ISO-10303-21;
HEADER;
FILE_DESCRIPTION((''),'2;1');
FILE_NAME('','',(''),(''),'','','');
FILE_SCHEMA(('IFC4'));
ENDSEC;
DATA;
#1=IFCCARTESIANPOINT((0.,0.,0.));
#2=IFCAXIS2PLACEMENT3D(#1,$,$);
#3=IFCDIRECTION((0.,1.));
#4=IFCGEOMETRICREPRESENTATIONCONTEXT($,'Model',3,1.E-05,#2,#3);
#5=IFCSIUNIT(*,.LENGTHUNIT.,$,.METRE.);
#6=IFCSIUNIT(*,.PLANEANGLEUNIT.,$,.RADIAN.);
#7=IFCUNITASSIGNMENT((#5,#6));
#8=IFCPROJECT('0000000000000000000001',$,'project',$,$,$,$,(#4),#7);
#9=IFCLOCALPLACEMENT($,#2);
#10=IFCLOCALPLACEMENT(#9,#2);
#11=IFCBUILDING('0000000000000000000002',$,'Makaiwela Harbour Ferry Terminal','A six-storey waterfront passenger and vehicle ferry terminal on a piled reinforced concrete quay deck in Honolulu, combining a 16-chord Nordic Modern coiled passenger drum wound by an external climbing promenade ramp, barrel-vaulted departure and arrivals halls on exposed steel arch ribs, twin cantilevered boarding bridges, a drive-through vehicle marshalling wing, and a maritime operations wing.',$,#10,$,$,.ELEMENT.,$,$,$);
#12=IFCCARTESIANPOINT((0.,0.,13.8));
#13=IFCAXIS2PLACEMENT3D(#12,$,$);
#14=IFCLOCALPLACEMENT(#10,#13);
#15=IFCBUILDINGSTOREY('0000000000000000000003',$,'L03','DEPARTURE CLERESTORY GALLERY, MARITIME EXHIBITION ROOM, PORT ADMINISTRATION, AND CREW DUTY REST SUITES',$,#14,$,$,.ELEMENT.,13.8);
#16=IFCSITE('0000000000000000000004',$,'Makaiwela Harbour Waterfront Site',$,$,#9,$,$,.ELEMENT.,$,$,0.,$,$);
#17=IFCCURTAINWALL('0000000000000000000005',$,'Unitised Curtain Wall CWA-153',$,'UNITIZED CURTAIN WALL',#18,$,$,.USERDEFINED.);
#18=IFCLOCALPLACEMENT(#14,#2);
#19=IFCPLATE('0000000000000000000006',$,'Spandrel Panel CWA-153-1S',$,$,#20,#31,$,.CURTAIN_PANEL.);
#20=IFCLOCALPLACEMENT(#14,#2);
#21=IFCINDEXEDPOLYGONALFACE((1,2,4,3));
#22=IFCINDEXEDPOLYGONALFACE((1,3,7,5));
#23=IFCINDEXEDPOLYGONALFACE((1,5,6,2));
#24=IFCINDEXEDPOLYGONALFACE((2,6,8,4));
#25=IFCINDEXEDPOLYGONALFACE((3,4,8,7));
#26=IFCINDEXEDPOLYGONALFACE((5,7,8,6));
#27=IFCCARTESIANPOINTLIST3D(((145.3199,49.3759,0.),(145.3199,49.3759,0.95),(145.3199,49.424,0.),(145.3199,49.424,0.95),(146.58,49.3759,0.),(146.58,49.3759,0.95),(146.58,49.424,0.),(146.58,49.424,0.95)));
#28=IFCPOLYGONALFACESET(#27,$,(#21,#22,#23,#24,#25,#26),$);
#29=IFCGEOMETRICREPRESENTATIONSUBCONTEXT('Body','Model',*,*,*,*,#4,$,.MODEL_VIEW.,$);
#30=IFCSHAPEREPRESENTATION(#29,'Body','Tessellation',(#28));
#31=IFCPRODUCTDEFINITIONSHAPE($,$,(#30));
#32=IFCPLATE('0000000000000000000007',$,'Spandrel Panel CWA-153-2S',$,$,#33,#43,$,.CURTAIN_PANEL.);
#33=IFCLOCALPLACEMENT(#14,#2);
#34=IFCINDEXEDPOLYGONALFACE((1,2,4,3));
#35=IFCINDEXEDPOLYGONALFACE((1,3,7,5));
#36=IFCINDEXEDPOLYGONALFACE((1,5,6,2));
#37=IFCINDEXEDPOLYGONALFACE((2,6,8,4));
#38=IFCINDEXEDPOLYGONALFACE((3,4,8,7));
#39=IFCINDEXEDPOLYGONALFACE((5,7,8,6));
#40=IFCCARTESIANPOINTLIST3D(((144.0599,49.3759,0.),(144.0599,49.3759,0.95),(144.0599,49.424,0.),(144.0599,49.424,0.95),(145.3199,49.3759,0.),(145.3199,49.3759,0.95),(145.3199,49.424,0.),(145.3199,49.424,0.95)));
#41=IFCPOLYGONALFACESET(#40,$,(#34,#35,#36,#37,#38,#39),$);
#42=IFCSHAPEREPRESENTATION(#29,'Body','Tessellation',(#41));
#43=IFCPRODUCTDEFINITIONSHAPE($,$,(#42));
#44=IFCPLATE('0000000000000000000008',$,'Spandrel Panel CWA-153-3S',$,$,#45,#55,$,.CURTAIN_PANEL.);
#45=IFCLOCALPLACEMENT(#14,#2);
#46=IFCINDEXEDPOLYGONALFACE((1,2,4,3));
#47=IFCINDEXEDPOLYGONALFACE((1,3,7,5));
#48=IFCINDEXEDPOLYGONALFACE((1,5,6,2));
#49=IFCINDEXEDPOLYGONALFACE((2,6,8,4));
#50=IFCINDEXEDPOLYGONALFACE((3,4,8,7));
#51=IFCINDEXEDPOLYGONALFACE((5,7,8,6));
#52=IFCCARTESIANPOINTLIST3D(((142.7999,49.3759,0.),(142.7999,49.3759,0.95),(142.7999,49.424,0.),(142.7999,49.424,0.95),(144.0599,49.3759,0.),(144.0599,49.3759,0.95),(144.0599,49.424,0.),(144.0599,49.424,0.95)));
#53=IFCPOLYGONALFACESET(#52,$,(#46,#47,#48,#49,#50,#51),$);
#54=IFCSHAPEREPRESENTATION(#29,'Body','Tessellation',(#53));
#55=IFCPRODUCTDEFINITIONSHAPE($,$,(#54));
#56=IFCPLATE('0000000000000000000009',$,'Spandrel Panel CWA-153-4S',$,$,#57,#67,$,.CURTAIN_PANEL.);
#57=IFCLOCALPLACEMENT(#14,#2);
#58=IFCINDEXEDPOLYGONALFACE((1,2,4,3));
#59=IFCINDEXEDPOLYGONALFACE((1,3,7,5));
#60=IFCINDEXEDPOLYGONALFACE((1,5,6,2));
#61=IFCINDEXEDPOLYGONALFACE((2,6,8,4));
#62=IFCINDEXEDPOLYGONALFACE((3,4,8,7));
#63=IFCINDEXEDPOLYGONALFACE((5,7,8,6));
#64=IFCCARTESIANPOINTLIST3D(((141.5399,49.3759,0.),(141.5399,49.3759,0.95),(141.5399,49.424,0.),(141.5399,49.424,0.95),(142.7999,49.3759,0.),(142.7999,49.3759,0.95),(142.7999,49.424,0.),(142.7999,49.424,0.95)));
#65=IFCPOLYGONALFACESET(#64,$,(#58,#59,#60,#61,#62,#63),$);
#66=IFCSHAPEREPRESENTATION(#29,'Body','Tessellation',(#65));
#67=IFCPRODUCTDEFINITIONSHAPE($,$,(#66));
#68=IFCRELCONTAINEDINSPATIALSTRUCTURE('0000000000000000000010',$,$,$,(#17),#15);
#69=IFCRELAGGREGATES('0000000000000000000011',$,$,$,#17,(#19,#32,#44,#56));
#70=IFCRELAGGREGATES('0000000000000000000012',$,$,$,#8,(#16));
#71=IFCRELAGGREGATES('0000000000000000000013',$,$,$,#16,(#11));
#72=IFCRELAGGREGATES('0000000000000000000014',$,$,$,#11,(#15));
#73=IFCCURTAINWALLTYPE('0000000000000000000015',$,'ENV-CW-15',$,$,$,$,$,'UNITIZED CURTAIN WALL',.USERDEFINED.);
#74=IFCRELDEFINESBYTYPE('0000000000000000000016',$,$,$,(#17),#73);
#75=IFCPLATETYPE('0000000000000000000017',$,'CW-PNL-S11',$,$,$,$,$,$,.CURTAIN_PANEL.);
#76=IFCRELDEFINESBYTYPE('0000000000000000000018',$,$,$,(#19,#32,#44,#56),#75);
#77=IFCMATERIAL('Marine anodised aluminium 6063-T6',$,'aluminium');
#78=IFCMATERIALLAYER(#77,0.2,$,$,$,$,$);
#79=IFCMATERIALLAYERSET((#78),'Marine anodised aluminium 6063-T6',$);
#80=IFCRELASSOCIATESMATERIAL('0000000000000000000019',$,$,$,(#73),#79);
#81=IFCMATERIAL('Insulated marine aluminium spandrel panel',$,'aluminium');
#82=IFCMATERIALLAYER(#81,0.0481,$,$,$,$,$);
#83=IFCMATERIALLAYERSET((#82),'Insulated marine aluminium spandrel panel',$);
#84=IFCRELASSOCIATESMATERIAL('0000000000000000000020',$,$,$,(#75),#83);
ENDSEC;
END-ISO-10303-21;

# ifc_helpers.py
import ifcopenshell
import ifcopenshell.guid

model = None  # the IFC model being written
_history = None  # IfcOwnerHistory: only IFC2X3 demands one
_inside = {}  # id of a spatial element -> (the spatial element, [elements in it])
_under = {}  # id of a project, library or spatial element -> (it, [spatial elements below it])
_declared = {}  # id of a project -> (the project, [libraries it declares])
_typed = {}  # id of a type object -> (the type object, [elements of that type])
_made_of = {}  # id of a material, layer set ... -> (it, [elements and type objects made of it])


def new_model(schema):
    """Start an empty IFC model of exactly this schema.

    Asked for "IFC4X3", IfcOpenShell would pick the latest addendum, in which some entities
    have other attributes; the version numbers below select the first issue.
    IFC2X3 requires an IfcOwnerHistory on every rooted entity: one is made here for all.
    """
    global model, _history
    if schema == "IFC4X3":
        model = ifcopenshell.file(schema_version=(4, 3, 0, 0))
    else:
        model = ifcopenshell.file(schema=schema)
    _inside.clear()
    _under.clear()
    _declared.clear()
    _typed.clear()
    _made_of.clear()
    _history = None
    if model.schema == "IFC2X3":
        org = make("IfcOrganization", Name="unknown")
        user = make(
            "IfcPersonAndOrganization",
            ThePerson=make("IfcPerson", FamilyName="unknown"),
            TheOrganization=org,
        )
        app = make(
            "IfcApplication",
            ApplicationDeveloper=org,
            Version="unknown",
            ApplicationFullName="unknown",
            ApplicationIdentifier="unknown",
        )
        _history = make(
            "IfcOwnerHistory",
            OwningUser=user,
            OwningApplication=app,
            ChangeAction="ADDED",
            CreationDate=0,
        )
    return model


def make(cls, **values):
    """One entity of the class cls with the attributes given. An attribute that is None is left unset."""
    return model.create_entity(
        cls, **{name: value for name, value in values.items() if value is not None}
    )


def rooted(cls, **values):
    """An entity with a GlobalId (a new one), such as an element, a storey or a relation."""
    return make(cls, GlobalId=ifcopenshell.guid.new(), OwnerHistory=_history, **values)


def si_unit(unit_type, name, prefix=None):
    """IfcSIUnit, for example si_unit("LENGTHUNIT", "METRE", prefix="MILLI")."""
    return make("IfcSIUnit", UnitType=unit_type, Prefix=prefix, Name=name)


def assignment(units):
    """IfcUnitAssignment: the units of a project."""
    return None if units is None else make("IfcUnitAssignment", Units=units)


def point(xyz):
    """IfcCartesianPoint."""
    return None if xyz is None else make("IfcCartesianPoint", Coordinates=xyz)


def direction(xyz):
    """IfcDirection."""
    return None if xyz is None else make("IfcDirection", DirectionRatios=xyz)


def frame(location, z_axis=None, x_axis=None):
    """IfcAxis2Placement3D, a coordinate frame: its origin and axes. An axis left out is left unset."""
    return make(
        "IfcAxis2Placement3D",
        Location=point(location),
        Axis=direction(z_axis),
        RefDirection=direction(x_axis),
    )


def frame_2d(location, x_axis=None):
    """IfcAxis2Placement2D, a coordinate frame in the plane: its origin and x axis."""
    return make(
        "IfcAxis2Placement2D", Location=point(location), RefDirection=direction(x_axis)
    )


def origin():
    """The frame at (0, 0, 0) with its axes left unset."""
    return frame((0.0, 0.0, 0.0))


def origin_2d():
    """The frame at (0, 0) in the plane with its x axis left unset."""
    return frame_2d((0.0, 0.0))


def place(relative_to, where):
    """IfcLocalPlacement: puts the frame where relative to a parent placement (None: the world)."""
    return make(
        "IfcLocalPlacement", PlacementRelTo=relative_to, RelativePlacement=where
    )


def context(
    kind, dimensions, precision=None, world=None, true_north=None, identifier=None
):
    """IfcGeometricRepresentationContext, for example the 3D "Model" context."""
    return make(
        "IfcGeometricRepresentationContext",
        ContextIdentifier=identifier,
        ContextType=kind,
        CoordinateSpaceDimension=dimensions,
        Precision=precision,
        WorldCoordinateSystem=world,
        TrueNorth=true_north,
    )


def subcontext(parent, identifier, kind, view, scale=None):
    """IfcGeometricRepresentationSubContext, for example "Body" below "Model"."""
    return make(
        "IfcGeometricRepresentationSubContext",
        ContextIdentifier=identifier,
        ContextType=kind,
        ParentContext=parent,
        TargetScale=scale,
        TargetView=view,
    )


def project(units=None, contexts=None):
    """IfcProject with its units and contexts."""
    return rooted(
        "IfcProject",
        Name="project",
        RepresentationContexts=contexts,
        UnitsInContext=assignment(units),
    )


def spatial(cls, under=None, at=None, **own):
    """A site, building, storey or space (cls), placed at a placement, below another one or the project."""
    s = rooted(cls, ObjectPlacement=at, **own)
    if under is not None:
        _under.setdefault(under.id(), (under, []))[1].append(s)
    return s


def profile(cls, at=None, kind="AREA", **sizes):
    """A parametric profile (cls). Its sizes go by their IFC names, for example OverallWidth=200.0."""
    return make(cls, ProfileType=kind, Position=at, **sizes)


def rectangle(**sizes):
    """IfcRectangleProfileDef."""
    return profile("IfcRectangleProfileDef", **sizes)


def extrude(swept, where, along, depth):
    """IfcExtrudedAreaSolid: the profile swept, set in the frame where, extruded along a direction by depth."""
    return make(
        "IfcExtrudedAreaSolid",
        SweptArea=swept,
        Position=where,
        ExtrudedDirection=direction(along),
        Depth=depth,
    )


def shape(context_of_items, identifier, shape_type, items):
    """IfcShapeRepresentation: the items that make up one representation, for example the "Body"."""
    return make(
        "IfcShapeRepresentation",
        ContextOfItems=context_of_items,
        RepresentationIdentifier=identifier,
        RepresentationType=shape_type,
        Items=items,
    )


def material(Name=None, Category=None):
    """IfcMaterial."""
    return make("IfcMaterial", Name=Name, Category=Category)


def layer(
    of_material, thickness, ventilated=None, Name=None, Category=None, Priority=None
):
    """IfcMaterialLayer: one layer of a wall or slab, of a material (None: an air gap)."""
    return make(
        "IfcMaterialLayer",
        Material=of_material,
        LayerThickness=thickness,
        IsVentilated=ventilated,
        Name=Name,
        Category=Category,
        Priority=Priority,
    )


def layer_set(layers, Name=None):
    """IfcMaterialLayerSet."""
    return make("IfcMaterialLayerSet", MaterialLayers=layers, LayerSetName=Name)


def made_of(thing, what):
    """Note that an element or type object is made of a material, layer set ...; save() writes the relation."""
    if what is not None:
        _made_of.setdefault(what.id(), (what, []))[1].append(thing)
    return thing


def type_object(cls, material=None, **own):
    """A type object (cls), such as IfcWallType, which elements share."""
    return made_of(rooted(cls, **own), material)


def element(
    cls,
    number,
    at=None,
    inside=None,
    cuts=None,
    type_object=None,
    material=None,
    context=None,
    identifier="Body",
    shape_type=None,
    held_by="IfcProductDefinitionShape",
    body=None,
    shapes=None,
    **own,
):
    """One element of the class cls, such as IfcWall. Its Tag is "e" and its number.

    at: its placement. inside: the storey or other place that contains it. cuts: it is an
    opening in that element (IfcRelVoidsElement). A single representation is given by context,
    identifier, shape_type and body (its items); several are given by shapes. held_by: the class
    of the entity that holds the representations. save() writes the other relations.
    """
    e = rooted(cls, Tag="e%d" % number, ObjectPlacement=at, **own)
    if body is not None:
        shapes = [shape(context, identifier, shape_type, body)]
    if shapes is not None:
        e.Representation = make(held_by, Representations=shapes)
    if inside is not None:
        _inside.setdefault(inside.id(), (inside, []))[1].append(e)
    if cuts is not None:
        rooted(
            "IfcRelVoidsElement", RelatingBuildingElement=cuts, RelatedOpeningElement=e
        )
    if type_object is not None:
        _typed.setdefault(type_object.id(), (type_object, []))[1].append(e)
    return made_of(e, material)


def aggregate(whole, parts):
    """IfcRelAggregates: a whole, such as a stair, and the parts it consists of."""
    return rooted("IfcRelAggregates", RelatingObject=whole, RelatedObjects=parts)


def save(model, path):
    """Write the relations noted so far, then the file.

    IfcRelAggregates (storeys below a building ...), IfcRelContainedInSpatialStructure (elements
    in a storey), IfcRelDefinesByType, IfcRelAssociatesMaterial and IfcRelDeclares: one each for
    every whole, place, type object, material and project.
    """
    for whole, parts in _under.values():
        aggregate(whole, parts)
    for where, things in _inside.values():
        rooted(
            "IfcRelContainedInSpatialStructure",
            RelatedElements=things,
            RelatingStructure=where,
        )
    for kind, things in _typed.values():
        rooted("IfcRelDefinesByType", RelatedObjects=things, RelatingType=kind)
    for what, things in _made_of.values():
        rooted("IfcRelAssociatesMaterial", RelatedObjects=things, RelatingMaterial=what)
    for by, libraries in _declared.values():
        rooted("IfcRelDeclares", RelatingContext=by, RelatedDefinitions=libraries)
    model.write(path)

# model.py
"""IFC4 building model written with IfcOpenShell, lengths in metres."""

from ifc_helpers import new_model, si_unit, direction, frame, origin, origin_2d, place, context, subcontext, project, spatial, rectangle, extrude, material, layer, layer_set, type_object, element, aggregate, save


model = new_model("IFC4")

# Units and contexts
model_context = context("Model", 3, precision=1e-05, world=origin(), true_north=direction((0.0, 1.0)))
body_context = subcontext(model_context, "Body", "Model", "MODEL_VIEW")
ifc_project = project(units=[si_unit("LENGTHUNIT", "METRE"), si_unit("PLANEANGLEUNIT", "RADIAN")], contexts=[model_context])

# Site, building, storey
site_placement = place(None, origin())
site = spatial("IfcSite", under=ifc_project, at=site_placement, Name="Makaiwela Harbour Waterfront Site", CompositionType="ELEMENT", RefElevation=0.0)
building_placement = place(site_placement, origin())
building = spatial("IfcBuilding", under=site, at=building_placement, Name="Makaiwela Harbour Ferry Terminal", Description="A six-storey waterfront passenger and vehicle ferry terminal on a piled reinforced concrete quay deck in Honolulu, combining a 16-chord Nordic Modern coiled passenger drum wound by an external climbing promenade ramp, barrel-vaulted departure and arrivals halls on exposed steel arch ribs, twin cantilevered boarding bridges, a drive-through vehicle marshalling wing, and a maritime operations wing.", CompositionType="ELEMENT")
storey_placement = place(building_placement, frame((0.0, 0.0, 13.8)))
storey = spatial("IfcBuildingStorey", under=building, at=storey_placement, Name="L03", Description="DEPARTURE CLERESTORY GALLERY, MARITIME EXHIBITION ROOM, PORT ADMINISTRATION, AND CREW DUTY REST SUITES", CompositionType="ELEMENT", Elevation=13.8)

# Curtain wall, plates
ifc_material_1 = material(Name="Marine anodised aluminium 6063-T6", Category="aluminium")
ifc_layer_1 = layer(ifc_material_1, 0.2)
ifc_layer_set_1 = layer_set([ifc_layer_1], Name="Marine anodised aluminium 6063-T6")
curtain_wall_type = type_object("IfcCurtainWallType", Name="ENV-CW-15", ElementType="UNITIZED CURTAIN WALL", PredefinedType="USERDEFINED", material=ifc_layer_set_1)
curtain_wall_placement = place(storey_placement, origin())
curtain_wall = element("IfcCurtainWall", 1, at=curtain_wall_placement, inside=storey, type_object=curtain_wall_type, Name="Unitised Curtain Wall CWA-153", ObjectType="UNITIZED CURTAIN WALL", PredefinedType="USERDEFINED")
ifc_material_2 = material(Name="Insulated marine aluminium spandrel panel", Category="aluminium")
ifc_layer_2 = layer(ifc_material_2, 0.0481)
ifc_layer_set_2 = layer_set([ifc_layer_2], Name="Insulated marine aluminium spandrel panel")
plate_type_1 = type_object("IfcPlateType", Name="CW-PNL-S11", PredefinedType="CURTAIN_PANEL", material=ifc_layer_set_2)
plate_1_placement = place(storey_placement, frame((145.95, 49.3999, 0.0), z_axis=(0.0, 0.0, 1.0), x_axis=(-1.0, 0.0, 0.0)))
plate_1 = element("IfcPlate", 2, at=plate_1_placement, type_object=plate_type_1, Name="Spandrel Panel CWA-153-1S", PredefinedType="CURTAIN_PANEL", context=body_context, shape_type="SweptSolid", body=[
    extrude(rectangle(XDim=1.26, YDim=0.0481, at=origin_2d()), origin(), (0.0, 0.0, 1.0), 0.95),
])
plate_2_placement = place(storey_placement, frame((144.6899, 49.3999, 0.0), z_axis=(0.0, 0.0, 1.0), x_axis=(-1.0, 0.0, 0.0)))
plate_2 = element("IfcPlate", 3, at=plate_2_placement, type_object=plate_type_1, Name="Spandrel Panel CWA-153-2S", PredefinedType="CURTAIN_PANEL", context=body_context, shape_type="SweptSolid", body=[
    extrude(rectangle(XDim=1.26, YDim=0.0481, at=origin_2d()), origin(), (0.0, 0.0, 1.0), 0.95),
])
plate_3_placement = place(storey_placement, frame((143.4299, 49.3999, 0.0), z_axis=(0.0, 0.0, 1.0), x_axis=(-1.0, 0.0, 0.0)))
plate_3 = element("IfcPlate", 4, at=plate_3_placement, type_object=plate_type_1, Name="Spandrel Panel CWA-153-3S", PredefinedType="CURTAIN_PANEL", context=body_context, shape_type="SweptSolid", body=[
    extrude(rectangle(XDim=1.26, YDim=0.0481, at=origin_2d()), origin(), (0.0, 0.0, 1.0), 0.95),
])
plate_4_placement = place(storey_placement, frame((142.1699, 49.3999, 0.0), z_axis=(0.0, 0.0, 1.0), x_axis=(-1.0, 0.0, 0.0)))
plate_4 = element("IfcPlate", 5, at=plate_4_placement, type_object=plate_type_1, Name="Spandrel Panel CWA-153-4S", PredefinedType="CURTAIN_PANEL", context=body_context, shape_type="SweptSolid", body=[
    extrude(rectangle(XDim=1.26, YDim=0.0481, at=origin_2d()), origin(), (0.0, 0.0, 1.0), 0.95),
])
aggregate(curtain_wall, [plate_1, plate_2, plate_3, plate_4])

save(model, "model.ifc")
